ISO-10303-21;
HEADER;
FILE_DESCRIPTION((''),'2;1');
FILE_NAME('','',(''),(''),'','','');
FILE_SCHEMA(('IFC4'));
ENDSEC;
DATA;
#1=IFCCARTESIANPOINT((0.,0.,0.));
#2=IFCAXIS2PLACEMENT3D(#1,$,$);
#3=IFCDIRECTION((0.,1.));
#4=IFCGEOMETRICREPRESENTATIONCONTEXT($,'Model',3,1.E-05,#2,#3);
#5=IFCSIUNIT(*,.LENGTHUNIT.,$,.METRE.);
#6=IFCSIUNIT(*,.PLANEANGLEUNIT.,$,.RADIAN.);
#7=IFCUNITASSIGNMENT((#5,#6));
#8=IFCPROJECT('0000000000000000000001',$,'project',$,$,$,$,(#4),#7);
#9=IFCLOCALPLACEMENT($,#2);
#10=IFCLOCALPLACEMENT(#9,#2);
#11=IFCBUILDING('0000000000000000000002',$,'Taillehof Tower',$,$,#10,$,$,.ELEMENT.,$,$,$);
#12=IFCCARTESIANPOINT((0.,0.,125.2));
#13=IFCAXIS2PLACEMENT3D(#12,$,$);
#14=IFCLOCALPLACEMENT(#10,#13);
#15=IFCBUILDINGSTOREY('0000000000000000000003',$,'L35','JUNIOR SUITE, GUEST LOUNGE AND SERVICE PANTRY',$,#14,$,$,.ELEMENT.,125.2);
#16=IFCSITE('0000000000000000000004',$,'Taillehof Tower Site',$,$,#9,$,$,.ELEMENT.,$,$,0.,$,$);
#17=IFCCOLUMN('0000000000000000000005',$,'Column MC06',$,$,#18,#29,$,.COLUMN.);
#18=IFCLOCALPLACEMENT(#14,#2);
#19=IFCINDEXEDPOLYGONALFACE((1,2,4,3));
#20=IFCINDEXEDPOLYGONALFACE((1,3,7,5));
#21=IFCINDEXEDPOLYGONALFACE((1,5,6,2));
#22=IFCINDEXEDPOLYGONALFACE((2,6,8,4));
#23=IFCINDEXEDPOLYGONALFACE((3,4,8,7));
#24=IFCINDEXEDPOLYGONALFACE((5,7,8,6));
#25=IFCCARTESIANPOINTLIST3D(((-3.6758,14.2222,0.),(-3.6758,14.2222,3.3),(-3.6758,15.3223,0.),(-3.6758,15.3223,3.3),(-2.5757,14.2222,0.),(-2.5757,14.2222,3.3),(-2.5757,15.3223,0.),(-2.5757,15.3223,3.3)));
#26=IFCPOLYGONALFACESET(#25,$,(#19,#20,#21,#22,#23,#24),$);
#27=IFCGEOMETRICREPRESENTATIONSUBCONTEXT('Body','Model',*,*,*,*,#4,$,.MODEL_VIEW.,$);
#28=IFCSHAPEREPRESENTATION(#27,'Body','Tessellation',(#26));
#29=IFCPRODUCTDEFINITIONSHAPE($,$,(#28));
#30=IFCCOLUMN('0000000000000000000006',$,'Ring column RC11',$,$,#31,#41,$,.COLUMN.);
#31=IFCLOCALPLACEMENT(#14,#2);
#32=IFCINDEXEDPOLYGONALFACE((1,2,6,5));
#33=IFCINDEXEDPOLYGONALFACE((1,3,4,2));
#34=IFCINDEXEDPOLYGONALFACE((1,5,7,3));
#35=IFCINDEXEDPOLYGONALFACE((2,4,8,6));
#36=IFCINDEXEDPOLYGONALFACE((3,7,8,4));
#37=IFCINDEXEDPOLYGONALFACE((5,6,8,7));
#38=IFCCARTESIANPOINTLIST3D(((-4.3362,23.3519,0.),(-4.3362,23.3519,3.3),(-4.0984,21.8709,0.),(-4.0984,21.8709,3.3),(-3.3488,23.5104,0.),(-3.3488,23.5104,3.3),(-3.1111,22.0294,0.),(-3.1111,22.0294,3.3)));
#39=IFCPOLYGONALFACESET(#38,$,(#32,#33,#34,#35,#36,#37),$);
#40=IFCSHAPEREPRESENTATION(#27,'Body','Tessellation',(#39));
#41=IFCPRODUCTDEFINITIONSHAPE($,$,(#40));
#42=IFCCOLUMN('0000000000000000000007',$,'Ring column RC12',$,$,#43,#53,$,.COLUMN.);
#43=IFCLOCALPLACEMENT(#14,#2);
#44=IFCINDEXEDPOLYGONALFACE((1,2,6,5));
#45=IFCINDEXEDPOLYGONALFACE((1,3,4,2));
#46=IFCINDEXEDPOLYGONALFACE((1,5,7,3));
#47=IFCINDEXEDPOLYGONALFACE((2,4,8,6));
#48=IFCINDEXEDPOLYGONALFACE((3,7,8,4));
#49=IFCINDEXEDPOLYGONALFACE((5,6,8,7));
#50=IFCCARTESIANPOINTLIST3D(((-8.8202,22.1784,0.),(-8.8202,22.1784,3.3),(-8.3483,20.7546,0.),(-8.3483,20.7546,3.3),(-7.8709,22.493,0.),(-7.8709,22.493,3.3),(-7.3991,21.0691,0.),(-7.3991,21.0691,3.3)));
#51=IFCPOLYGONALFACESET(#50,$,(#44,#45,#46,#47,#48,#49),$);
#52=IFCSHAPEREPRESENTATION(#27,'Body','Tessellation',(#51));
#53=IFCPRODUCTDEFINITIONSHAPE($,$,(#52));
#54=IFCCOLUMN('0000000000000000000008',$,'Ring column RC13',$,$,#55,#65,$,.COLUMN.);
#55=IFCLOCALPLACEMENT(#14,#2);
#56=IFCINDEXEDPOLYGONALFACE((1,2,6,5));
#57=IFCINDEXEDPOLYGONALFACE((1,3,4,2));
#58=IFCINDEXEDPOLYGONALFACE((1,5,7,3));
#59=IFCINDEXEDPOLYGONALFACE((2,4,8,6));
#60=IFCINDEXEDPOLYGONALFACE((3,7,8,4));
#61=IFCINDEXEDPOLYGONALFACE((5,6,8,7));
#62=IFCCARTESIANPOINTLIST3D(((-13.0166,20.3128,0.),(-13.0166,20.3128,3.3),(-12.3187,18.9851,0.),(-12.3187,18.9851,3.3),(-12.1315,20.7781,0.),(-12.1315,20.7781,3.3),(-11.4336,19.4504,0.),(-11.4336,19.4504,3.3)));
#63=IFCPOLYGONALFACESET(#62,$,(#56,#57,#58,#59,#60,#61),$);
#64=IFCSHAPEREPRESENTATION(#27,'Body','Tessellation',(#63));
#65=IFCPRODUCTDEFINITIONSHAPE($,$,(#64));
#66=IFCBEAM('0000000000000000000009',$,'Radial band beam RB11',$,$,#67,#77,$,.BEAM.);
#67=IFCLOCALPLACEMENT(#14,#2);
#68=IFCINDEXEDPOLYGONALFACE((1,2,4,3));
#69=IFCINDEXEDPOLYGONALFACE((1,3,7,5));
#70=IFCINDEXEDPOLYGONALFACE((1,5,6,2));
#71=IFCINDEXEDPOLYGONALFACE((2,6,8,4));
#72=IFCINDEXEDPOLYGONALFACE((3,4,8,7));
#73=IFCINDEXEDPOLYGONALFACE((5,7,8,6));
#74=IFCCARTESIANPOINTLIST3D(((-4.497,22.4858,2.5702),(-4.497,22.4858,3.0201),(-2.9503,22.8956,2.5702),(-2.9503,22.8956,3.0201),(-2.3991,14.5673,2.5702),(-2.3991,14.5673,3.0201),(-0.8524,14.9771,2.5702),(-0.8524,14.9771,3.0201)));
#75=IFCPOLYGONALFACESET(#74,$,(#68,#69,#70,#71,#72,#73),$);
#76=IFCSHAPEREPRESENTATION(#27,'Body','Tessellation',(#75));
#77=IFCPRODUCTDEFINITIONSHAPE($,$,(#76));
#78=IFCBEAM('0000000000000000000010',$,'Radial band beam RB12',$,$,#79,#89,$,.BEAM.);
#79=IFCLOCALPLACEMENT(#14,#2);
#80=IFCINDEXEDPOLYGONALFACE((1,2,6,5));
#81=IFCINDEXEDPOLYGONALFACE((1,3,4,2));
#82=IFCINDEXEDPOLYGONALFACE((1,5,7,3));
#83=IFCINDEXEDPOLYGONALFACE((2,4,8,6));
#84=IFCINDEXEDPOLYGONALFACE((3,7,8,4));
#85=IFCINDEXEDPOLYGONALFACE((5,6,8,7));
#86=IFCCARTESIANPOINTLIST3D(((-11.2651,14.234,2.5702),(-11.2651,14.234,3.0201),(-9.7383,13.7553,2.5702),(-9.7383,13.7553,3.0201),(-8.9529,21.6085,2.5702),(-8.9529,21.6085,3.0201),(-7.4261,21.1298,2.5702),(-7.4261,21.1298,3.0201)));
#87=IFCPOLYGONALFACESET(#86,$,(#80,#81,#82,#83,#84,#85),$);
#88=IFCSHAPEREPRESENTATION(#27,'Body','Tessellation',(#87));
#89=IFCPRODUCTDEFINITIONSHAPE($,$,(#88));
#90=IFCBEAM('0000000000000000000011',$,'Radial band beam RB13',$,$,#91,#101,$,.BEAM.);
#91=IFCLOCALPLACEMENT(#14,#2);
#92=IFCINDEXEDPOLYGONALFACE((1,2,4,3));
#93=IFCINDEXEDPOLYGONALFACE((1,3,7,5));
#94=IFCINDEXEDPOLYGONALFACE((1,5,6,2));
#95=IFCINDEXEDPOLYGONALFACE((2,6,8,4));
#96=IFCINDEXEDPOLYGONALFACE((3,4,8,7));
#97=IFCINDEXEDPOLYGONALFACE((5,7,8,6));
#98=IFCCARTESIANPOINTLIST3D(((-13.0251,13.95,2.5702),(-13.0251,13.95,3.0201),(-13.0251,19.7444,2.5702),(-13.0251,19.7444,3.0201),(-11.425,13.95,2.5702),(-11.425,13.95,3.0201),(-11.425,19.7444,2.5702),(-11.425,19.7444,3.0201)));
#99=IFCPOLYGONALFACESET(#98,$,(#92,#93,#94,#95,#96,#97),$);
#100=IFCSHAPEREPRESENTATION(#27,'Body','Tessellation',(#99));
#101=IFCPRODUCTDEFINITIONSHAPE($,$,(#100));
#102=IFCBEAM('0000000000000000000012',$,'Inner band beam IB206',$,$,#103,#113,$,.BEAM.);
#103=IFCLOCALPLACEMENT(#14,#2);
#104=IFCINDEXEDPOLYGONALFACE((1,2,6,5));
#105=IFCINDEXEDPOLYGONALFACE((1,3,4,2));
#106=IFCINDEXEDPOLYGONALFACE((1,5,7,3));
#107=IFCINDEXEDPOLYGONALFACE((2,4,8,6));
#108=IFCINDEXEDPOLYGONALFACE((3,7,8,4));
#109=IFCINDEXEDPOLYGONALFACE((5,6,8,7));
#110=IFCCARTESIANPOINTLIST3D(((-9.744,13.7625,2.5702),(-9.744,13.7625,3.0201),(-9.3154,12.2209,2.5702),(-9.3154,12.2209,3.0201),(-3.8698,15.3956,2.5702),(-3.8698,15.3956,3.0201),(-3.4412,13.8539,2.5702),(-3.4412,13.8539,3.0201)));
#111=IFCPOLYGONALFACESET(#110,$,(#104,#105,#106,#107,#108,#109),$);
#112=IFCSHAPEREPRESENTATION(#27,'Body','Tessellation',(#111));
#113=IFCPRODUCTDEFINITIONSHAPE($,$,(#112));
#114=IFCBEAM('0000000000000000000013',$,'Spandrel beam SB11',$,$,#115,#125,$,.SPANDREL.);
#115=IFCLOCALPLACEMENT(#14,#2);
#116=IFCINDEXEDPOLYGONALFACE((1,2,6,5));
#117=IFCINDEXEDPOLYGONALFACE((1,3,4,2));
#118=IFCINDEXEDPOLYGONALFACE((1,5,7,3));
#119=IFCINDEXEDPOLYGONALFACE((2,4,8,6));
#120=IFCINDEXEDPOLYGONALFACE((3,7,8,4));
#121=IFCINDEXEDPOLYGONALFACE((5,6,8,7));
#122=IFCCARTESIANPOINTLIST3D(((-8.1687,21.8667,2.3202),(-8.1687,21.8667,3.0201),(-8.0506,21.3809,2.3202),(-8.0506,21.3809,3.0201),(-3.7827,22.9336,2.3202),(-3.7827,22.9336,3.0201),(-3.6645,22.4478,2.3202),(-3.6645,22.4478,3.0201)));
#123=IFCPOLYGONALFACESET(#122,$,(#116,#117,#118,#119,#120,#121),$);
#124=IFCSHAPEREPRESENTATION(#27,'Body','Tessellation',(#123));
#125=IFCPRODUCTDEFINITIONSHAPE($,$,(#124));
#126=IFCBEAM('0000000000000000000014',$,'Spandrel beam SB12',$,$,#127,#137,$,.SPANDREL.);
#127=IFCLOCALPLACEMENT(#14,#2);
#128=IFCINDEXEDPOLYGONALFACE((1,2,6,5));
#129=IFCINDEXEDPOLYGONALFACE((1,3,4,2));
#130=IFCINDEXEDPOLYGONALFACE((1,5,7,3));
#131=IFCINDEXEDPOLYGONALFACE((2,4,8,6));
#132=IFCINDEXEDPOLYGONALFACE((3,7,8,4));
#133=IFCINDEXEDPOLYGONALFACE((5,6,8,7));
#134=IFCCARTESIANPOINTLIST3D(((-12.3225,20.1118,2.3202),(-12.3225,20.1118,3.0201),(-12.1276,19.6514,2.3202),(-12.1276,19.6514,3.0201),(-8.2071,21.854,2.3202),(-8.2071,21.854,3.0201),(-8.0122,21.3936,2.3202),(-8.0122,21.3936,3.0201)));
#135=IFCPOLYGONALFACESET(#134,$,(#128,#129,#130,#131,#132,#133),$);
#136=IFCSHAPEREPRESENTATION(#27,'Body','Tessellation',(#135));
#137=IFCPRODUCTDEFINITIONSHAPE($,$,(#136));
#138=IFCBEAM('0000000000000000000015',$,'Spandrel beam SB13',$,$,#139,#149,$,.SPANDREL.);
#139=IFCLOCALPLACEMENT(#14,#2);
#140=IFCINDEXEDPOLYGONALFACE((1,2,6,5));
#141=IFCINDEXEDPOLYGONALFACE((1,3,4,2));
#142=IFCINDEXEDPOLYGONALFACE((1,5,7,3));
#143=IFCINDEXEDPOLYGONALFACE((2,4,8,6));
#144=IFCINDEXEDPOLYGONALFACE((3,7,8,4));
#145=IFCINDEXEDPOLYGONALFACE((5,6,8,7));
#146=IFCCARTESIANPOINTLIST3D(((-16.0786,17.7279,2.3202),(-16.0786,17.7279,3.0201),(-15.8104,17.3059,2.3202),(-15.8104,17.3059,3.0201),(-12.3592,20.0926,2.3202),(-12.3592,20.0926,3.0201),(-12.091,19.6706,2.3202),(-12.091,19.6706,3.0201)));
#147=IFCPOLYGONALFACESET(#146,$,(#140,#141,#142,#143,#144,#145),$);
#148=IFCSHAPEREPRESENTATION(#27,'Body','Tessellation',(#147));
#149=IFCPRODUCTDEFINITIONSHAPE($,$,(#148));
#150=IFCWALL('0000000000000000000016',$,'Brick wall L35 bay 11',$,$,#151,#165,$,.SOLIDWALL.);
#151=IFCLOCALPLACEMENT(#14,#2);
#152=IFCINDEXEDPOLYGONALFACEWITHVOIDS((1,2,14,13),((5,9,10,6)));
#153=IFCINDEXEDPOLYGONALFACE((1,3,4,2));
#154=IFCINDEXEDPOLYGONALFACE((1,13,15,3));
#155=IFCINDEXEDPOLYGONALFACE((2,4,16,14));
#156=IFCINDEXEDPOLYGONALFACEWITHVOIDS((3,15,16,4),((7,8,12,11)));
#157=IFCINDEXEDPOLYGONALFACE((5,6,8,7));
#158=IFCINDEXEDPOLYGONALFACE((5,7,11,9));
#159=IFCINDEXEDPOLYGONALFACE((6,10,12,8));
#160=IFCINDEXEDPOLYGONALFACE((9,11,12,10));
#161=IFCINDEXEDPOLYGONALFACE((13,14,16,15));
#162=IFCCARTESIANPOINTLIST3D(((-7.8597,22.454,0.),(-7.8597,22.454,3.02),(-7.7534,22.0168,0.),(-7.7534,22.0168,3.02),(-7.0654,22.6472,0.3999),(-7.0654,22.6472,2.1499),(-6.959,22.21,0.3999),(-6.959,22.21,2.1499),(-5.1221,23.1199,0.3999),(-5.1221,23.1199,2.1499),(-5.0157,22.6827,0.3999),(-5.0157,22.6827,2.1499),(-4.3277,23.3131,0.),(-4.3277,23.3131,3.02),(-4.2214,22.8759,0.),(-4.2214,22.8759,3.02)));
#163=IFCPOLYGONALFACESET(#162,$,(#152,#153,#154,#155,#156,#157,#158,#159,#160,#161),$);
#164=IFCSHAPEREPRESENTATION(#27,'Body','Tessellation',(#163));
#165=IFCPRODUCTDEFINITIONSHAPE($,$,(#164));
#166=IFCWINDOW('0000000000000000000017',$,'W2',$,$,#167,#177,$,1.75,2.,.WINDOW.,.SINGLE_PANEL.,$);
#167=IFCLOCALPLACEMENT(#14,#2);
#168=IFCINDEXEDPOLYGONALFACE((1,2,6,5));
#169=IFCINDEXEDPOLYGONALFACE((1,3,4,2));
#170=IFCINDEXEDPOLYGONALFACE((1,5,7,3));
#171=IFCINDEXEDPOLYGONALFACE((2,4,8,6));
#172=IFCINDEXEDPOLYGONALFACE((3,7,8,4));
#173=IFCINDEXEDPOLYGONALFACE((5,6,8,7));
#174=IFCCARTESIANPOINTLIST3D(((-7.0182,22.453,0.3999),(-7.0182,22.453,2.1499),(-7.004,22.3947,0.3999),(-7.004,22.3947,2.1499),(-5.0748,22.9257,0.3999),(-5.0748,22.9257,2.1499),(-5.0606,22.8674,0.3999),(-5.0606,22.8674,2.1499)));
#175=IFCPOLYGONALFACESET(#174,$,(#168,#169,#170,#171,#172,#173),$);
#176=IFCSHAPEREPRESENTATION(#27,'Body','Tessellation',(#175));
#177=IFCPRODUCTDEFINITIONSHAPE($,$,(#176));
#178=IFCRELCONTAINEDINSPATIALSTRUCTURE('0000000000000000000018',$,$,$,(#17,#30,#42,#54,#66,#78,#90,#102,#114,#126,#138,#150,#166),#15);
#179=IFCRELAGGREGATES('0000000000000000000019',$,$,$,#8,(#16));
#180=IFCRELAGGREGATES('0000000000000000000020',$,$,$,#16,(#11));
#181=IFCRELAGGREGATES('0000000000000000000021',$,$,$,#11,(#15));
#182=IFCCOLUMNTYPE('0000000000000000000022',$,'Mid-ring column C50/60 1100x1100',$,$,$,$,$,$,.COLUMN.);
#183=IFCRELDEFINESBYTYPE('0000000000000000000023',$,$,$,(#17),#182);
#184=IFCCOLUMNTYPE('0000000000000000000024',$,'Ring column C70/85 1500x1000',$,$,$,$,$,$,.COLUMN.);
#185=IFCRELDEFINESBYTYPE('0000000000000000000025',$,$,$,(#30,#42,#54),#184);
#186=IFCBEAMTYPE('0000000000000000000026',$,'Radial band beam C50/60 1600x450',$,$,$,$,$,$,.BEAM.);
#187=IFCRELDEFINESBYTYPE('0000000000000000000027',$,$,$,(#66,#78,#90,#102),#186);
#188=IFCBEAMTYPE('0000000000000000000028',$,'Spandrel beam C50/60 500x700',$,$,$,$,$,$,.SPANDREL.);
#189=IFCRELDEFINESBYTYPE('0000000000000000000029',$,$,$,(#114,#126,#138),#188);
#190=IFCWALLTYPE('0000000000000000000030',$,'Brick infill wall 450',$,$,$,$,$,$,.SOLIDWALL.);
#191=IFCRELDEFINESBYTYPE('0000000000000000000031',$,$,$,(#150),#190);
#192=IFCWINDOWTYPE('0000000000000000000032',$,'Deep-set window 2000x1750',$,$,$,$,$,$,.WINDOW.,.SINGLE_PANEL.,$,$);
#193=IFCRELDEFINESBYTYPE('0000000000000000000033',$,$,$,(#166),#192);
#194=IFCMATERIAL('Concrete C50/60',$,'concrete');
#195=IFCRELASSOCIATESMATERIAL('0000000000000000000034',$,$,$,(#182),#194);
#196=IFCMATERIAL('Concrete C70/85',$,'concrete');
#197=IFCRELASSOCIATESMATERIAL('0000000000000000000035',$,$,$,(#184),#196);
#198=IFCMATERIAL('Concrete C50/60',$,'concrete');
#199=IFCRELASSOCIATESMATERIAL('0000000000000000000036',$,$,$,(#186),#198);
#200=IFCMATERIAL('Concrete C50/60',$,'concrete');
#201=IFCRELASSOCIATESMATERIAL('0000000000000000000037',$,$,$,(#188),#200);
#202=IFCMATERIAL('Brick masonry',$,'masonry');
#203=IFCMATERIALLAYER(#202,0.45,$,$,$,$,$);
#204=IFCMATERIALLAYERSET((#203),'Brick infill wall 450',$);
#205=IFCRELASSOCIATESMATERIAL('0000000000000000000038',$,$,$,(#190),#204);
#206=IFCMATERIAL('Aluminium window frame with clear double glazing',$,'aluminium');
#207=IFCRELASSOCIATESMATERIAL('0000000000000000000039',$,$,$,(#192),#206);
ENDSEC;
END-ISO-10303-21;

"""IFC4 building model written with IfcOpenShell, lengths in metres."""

from ifc_helpers import new_model, si_unit, direction, frame, frame_2d, origin, origin_2d, place, context, subcontext, project, spatial, rectangle, extrude, material, layer, layer_set, material_profile, profile_set, type_object, element, fill, save


model = new_model("IFC4")

# Units and contexts
model_context = context("Model", 3, precision=1e-05, world=origin(), true_north=direction((0.0, 1.0)))
body_context = subcontext(model_context, "Body", "Model", "MODEL_VIEW")
ifc_project = project(units=[si_unit("LENGTHUNIT", "METRE"), si_unit("PLANEANGLEUNIT", "RADIAN")], contexts=[model_context])

# Site, building, storey
site_placement = place(None, origin())
site = spatial("IfcSite", under=ifc_project, at=site_placement, Name="Taillehof Tower Site", CompositionType="ELEMENT", RefElevation=0.0)
building_placement = place(site_placement, origin())
building = spatial("IfcBuilding", under=site, at=building_placement, Name="Taillehof Tower", CompositionType="ELEMENT")
storey_placement = place(building_placement, frame((0.0, 0.0, 125.2)))
storey = spatial("IfcBuildingStorey", under=building, at=storey_placement, Name="L35", Description="JUNIOR SUITE, GUEST LOUNGE AND SERVICE PANTRY", CompositionType="ELEMENT", Elevation=125.2)

# Columns
ifc_material_1 = material(Name="Concrete C50/60", Category="concrete")
ifc_material_profile_1 = material_profile(ifc_material_1, rectangle(XDim=1.1001, YDim=1.1001, at=origin_2d()), Name="RC 1100x1100")
ifc_profile_set_1 = profile_set([ifc_material_profile_1], Name="Concrete C50/60")
column_type_1 = type_object("IfcColumnType", Name="Mid-ring column C50/60 1100x1100", PredefinedType="COLUMN", material=ifc_profile_set_1)
column_placement = place(storey_placement, frame((-3.1257, 14.7722, 0.0), z_axis=(0.0, 0.0, 1.0), x_axis=(1.0, 0.0, 0.0)))
element("IfcColumn", 1, at=column_placement, inside=storey, type_object=column_type_1, Name="Column MC06", PredefinedType="COLUMN", context=body_context, shape_type="SweptSolid", body=[
    extrude(rectangle(XDim=1.1001, YDim=1.1001, at=origin_2d()), origin(), (0.0, 0.0, 1.0), 3.3),
])
ifc_material_2 = material(Name="Concrete C70/85", Category="concrete")
ifc_material_profile_2 = material_profile(ifc_material_2, rectangle(XDim=1.5, YDim=1.0, at=origin_2d()), Name="RC 1500x1000")
ifc_profile_set_2 = profile_set([ifc_material_profile_2], Name="Concrete C70/85")
column_type_2 = type_object("IfcColumnType", Name="Ring column C70/85 1500x1000", PredefinedType="COLUMN", material=ifc_profile_set_2)
for number, where, z_axis, x_axis, name in (
    (2, (-3.7236, 22.6907, 0.0), (0.0, 0.0, 1.0), (-0.158507, 0.987358, 0.0), "Ring column RC11"),
    (3, (-8.1096, 21.6238, 0.0), (0.0, 0.0, 1.0), (-0.314555, 0.949239, 0.0), "Ring column RC12"),
    (4, (-12.2251, 19.8816, 0.0), (0.0, 0.0, 1.0), (-0.465283, 0.885162, 0.0), "Ring column RC13"),
):
    element("IfcColumn", number, at=place(storey_placement, frame(where, z_axis=z_axis, x_axis=x_axis)), inside=storey, type_object=column_type_2, Name=name, PredefinedType="COLUMN", context=body_context, shape_type="SweptSolid", body=[
        extrude(rectangle(XDim=1.5, YDim=1.0, at=origin_2d()), origin(), (0.0, 0.0, 1.0), 3.3),
    ])

# Beams
ifc_material_3 = material(Name="Concrete C50/60", Category="concrete")
ifc_material_profile_3 = material_profile(ifc_material_3, rectangle(XDim=1.6001, YDim=0.45, at=origin_2d()), Name="RC 1600x450")
ifc_profile_set_3 = profile_set([ifc_material_profile_3], Name="Concrete C50/60")
beam_type_1 = type_object("IfcBeamType", Name="Radial band beam C50/60 1600x450", PredefinedType="BEAM", material=ifc_profile_set_3)
beam_1_placement = place(storey_placement, frame((-3.7236, 22.6907, 2.7952), z_axis=(0.256102, -0.96665, 0.0), x_axis=(0.96665, 0.256102, 0.0)))
element("IfcBeam", 5, at=beam_1_placement, inside=storey, type_object=beam_type_1, Name="Radial band beam RB11", PredefinedType="BEAM", context=body_context, shape_type="SweptSolid", body=[
    extrude(rectangle(XDim=1.6001, YDim=0.45, at=origin_2d()), origin(), (0.0, 0.0, 1.0), 8.1917),
])
beam_2_placement = place(storey_placement, frame((-8.1895, 21.3691, 2.7952), z_axis=(-0.299185, -0.954195, 0.0), x_axis=(0.954195, -0.299185, 0.0)))
element("IfcBeam", 6, at=beam_2_placement, inside=storey, type_object=beam_type_1, Name="Radial band beam RB12", PredefinedType="BEAM", context=body_context, shape_type="SweptSolid", body=[
    extrude(rectangle(XDim=1.6001, YDim=0.45, at=origin_2d()), origin(), (0.0, 0.0, 1.0), 7.7285),
])
beam_3_placement = place(storey_placement, frame((-12.2251, 19.7444, 2.7952), z_axis=(0.0, -1.0, 0.0), x_axis=(1.0, 0.0, 0.0)))
element("IfcBeam", 7, at=beam_3_placement, inside=storey, type_object=beam_type_1, Name="Radial band beam RB13", PredefinedType="BEAM", context=body_context, shape_type="SweptSolid", body=[
    extrude(rectangle(XDim=1.6001, YDim=0.45, at=origin_2d()), origin(), (0.0, 0.0, 1.0), 5.7944),
])
beam_4_placement = place(storey_placement, frame((-3.6555, 14.6248, 2.7952), z_axis=(-0.963459, -0.267855, 0.0), x_axis=(0.267855, -0.963459, 0.0)))
element("IfcBeam", 8, at=beam_4_placement, inside=storey, type_object=beam_type_1, Name="Inner band beam IB206", PredefinedType="BEAM", context=body_context, shape_type="SweptSolid", body=[
    extrude(rectangle(XDim=1.6001, YDim=0.45, at=origin_2d()), origin(), (0.0, 0.0, 1.0), 6.0969),
])
ifc_material_4 = material(Name="Concrete C50/60", Category="concrete")
ifc_material_profile_4 = material_profile(ifc_material_4, rectangle(XDim=0.5, YDim=0.7, at=origin_2d()), Name="RC 500x700")
ifc_profile_set_4 = profile_set([ifc_material_profile_4], Name="Concrete C50/60")
beam_type_2 = type_object("IfcBeamType", Name="Spandrel beam C50/60 500x700", PredefinedType="SPANDREL", material=ifc_profile_set_4)
beam_5_placement = place(storey_placement, frame((-3.7236, 22.6907, 2.6702), z_axis=(-0.971666, -0.236358, 0.0), x_axis=(0.236358, -0.971666, 0.0)))
element("IfcBeam", 9, at=beam_5_placement, inside=storey, type_object=beam_type_2, Name="Spandrel beam SB11", PredefinedType="SPANDREL", context=body_context, shape_type="SweptSolid", body=[
    extrude(rectangle(XDim=0.5, YDim=0.7, at=origin_2d()), origin(), (0.0, 0.0, 1.0), 4.5139),
])
beam_6_placement = place(storey_placement, frame((-8.1096, 21.6238, 2.6702), z_axis=(-0.920885, -0.389834, 0.0), x_axis=(0.389834, -0.920885, 0.0)))
element("IfcBeam", 10, at=beam_6_placement, inside=storey, type_object=beam_type_2, Name="Spandrel beam SB12", PredefinedType="SPANDREL", context=body_context, shape_type="SweptSolid", body=[
    extrude(rectangle(XDim=0.5, YDim=0.7, at=origin_2d()), origin(), (0.0, 0.0, 1.0), 4.469),
])
beam_7_placement = place(storey_placement, frame((-12.2251, 19.8816, 2.6702), z_axis=(-0.843887, -0.536521, 0.0), x_axis=(0.536521, -0.843887, 0.0)))
element("IfcBeam", 11, at=beam_7_placement, inside=storey, type_object=beam_type_2, Name="Spandrel beam SB13", PredefinedType="SPANDREL", context=body_context, shape_type="SweptSolid", body=[
    extrude(rectangle(XDim=0.5, YDim=0.7, at=origin_2d()), origin(), (0.0, 0.0, 1.0), 4.4075),
])

# Wall, opening, window
ifc_material_5 = material(Name="Brick masonry", Category="masonry")
ifc_layer_1 = layer(ifc_material_5, 0.45)
ifc_layer_set_1 = layer_set([ifc_layer_1], Name="Brick infill wall 450")
wall_type_1 = type_object("IfcWallType", Name="Brick infill wall 450", PredefinedType="SOLIDWALL", material=ifc_layer_set_1)
wall_1_placement = place(storey_placement, frame((-4.2747, 23.0945, 0.0), z_axis=(0.0, 0.0, 1.0), x_axis=(-0.971668, -0.236352, 0.0)))
wall_1 = element("IfcWall", 12, at=wall_1_placement, inside=storey, type_object=wall_type_1, Name="Brick wall L35 bay 11", PredefinedType="SOLIDWALL", context=body_context, shape_type="SweptSolid", body=[
    extrude(rectangle(XDim=3.635, YDim=0.45, at=frame_2d((1.8174, 0.0))), origin(), (0.0, 0.0, 1.0), 3.02),
])
opening_1_placement = place(wall_1_placement, frame((0.8174, 0.0, 0.3999)))
opening_1 = element("IfcOpeningElement", 13, at=opening_1_placement, cuts=wall_1, PredefinedType="OPENING", context=body_context, shape_type="SweptSolid", body=[
    extrude(rectangle(XDim=2.0, YDim=1.75, at=frame_2d((1.0, 0.875))), frame((0.0, 0.2349, 0.0), z_axis=(0.0, -1.0, 0.0), x_axis=(1.0, 0.0, 0.0)), (0.0, 0.0, 1.0), 0.47),
])
ifc_material_6 = material(Name="Aluminium window frame with clear double glazing", Category="aluminium")
window_type_1 = type_object("IfcWindowType", Name="Deep-set window 2000x1750", PartitioningType="SINGLE_PANEL", PredefinedType="WINDOW", material=ifc_material_6)
window_1_placement = place(opening_1_placement, origin())
window_1 = element("IfcWindow", 14, at=window_1_placement, inside=storey, type_object=window_type_1, Name="W2", OverallHeight=1.75, OverallWidth=2.0, PartitioningType="SINGLE_PANEL", PredefinedType="WINDOW", context=body_context, shape_type="SweptSolid", body=[
    extrude(rectangle(XDim=2.0, YDim=1.75, at=frame_2d((1.0, 0.875))), frame((0.0, 0.0349, 0.0), z_axis=(0.0, -1.0, 0.0), x_axis=(1.0, 0.0, 0.0)), (0.0, 0.0, 1.0), 0.0601),
])
fill(opening_1, window_1)

save(model, "model.ifc")
